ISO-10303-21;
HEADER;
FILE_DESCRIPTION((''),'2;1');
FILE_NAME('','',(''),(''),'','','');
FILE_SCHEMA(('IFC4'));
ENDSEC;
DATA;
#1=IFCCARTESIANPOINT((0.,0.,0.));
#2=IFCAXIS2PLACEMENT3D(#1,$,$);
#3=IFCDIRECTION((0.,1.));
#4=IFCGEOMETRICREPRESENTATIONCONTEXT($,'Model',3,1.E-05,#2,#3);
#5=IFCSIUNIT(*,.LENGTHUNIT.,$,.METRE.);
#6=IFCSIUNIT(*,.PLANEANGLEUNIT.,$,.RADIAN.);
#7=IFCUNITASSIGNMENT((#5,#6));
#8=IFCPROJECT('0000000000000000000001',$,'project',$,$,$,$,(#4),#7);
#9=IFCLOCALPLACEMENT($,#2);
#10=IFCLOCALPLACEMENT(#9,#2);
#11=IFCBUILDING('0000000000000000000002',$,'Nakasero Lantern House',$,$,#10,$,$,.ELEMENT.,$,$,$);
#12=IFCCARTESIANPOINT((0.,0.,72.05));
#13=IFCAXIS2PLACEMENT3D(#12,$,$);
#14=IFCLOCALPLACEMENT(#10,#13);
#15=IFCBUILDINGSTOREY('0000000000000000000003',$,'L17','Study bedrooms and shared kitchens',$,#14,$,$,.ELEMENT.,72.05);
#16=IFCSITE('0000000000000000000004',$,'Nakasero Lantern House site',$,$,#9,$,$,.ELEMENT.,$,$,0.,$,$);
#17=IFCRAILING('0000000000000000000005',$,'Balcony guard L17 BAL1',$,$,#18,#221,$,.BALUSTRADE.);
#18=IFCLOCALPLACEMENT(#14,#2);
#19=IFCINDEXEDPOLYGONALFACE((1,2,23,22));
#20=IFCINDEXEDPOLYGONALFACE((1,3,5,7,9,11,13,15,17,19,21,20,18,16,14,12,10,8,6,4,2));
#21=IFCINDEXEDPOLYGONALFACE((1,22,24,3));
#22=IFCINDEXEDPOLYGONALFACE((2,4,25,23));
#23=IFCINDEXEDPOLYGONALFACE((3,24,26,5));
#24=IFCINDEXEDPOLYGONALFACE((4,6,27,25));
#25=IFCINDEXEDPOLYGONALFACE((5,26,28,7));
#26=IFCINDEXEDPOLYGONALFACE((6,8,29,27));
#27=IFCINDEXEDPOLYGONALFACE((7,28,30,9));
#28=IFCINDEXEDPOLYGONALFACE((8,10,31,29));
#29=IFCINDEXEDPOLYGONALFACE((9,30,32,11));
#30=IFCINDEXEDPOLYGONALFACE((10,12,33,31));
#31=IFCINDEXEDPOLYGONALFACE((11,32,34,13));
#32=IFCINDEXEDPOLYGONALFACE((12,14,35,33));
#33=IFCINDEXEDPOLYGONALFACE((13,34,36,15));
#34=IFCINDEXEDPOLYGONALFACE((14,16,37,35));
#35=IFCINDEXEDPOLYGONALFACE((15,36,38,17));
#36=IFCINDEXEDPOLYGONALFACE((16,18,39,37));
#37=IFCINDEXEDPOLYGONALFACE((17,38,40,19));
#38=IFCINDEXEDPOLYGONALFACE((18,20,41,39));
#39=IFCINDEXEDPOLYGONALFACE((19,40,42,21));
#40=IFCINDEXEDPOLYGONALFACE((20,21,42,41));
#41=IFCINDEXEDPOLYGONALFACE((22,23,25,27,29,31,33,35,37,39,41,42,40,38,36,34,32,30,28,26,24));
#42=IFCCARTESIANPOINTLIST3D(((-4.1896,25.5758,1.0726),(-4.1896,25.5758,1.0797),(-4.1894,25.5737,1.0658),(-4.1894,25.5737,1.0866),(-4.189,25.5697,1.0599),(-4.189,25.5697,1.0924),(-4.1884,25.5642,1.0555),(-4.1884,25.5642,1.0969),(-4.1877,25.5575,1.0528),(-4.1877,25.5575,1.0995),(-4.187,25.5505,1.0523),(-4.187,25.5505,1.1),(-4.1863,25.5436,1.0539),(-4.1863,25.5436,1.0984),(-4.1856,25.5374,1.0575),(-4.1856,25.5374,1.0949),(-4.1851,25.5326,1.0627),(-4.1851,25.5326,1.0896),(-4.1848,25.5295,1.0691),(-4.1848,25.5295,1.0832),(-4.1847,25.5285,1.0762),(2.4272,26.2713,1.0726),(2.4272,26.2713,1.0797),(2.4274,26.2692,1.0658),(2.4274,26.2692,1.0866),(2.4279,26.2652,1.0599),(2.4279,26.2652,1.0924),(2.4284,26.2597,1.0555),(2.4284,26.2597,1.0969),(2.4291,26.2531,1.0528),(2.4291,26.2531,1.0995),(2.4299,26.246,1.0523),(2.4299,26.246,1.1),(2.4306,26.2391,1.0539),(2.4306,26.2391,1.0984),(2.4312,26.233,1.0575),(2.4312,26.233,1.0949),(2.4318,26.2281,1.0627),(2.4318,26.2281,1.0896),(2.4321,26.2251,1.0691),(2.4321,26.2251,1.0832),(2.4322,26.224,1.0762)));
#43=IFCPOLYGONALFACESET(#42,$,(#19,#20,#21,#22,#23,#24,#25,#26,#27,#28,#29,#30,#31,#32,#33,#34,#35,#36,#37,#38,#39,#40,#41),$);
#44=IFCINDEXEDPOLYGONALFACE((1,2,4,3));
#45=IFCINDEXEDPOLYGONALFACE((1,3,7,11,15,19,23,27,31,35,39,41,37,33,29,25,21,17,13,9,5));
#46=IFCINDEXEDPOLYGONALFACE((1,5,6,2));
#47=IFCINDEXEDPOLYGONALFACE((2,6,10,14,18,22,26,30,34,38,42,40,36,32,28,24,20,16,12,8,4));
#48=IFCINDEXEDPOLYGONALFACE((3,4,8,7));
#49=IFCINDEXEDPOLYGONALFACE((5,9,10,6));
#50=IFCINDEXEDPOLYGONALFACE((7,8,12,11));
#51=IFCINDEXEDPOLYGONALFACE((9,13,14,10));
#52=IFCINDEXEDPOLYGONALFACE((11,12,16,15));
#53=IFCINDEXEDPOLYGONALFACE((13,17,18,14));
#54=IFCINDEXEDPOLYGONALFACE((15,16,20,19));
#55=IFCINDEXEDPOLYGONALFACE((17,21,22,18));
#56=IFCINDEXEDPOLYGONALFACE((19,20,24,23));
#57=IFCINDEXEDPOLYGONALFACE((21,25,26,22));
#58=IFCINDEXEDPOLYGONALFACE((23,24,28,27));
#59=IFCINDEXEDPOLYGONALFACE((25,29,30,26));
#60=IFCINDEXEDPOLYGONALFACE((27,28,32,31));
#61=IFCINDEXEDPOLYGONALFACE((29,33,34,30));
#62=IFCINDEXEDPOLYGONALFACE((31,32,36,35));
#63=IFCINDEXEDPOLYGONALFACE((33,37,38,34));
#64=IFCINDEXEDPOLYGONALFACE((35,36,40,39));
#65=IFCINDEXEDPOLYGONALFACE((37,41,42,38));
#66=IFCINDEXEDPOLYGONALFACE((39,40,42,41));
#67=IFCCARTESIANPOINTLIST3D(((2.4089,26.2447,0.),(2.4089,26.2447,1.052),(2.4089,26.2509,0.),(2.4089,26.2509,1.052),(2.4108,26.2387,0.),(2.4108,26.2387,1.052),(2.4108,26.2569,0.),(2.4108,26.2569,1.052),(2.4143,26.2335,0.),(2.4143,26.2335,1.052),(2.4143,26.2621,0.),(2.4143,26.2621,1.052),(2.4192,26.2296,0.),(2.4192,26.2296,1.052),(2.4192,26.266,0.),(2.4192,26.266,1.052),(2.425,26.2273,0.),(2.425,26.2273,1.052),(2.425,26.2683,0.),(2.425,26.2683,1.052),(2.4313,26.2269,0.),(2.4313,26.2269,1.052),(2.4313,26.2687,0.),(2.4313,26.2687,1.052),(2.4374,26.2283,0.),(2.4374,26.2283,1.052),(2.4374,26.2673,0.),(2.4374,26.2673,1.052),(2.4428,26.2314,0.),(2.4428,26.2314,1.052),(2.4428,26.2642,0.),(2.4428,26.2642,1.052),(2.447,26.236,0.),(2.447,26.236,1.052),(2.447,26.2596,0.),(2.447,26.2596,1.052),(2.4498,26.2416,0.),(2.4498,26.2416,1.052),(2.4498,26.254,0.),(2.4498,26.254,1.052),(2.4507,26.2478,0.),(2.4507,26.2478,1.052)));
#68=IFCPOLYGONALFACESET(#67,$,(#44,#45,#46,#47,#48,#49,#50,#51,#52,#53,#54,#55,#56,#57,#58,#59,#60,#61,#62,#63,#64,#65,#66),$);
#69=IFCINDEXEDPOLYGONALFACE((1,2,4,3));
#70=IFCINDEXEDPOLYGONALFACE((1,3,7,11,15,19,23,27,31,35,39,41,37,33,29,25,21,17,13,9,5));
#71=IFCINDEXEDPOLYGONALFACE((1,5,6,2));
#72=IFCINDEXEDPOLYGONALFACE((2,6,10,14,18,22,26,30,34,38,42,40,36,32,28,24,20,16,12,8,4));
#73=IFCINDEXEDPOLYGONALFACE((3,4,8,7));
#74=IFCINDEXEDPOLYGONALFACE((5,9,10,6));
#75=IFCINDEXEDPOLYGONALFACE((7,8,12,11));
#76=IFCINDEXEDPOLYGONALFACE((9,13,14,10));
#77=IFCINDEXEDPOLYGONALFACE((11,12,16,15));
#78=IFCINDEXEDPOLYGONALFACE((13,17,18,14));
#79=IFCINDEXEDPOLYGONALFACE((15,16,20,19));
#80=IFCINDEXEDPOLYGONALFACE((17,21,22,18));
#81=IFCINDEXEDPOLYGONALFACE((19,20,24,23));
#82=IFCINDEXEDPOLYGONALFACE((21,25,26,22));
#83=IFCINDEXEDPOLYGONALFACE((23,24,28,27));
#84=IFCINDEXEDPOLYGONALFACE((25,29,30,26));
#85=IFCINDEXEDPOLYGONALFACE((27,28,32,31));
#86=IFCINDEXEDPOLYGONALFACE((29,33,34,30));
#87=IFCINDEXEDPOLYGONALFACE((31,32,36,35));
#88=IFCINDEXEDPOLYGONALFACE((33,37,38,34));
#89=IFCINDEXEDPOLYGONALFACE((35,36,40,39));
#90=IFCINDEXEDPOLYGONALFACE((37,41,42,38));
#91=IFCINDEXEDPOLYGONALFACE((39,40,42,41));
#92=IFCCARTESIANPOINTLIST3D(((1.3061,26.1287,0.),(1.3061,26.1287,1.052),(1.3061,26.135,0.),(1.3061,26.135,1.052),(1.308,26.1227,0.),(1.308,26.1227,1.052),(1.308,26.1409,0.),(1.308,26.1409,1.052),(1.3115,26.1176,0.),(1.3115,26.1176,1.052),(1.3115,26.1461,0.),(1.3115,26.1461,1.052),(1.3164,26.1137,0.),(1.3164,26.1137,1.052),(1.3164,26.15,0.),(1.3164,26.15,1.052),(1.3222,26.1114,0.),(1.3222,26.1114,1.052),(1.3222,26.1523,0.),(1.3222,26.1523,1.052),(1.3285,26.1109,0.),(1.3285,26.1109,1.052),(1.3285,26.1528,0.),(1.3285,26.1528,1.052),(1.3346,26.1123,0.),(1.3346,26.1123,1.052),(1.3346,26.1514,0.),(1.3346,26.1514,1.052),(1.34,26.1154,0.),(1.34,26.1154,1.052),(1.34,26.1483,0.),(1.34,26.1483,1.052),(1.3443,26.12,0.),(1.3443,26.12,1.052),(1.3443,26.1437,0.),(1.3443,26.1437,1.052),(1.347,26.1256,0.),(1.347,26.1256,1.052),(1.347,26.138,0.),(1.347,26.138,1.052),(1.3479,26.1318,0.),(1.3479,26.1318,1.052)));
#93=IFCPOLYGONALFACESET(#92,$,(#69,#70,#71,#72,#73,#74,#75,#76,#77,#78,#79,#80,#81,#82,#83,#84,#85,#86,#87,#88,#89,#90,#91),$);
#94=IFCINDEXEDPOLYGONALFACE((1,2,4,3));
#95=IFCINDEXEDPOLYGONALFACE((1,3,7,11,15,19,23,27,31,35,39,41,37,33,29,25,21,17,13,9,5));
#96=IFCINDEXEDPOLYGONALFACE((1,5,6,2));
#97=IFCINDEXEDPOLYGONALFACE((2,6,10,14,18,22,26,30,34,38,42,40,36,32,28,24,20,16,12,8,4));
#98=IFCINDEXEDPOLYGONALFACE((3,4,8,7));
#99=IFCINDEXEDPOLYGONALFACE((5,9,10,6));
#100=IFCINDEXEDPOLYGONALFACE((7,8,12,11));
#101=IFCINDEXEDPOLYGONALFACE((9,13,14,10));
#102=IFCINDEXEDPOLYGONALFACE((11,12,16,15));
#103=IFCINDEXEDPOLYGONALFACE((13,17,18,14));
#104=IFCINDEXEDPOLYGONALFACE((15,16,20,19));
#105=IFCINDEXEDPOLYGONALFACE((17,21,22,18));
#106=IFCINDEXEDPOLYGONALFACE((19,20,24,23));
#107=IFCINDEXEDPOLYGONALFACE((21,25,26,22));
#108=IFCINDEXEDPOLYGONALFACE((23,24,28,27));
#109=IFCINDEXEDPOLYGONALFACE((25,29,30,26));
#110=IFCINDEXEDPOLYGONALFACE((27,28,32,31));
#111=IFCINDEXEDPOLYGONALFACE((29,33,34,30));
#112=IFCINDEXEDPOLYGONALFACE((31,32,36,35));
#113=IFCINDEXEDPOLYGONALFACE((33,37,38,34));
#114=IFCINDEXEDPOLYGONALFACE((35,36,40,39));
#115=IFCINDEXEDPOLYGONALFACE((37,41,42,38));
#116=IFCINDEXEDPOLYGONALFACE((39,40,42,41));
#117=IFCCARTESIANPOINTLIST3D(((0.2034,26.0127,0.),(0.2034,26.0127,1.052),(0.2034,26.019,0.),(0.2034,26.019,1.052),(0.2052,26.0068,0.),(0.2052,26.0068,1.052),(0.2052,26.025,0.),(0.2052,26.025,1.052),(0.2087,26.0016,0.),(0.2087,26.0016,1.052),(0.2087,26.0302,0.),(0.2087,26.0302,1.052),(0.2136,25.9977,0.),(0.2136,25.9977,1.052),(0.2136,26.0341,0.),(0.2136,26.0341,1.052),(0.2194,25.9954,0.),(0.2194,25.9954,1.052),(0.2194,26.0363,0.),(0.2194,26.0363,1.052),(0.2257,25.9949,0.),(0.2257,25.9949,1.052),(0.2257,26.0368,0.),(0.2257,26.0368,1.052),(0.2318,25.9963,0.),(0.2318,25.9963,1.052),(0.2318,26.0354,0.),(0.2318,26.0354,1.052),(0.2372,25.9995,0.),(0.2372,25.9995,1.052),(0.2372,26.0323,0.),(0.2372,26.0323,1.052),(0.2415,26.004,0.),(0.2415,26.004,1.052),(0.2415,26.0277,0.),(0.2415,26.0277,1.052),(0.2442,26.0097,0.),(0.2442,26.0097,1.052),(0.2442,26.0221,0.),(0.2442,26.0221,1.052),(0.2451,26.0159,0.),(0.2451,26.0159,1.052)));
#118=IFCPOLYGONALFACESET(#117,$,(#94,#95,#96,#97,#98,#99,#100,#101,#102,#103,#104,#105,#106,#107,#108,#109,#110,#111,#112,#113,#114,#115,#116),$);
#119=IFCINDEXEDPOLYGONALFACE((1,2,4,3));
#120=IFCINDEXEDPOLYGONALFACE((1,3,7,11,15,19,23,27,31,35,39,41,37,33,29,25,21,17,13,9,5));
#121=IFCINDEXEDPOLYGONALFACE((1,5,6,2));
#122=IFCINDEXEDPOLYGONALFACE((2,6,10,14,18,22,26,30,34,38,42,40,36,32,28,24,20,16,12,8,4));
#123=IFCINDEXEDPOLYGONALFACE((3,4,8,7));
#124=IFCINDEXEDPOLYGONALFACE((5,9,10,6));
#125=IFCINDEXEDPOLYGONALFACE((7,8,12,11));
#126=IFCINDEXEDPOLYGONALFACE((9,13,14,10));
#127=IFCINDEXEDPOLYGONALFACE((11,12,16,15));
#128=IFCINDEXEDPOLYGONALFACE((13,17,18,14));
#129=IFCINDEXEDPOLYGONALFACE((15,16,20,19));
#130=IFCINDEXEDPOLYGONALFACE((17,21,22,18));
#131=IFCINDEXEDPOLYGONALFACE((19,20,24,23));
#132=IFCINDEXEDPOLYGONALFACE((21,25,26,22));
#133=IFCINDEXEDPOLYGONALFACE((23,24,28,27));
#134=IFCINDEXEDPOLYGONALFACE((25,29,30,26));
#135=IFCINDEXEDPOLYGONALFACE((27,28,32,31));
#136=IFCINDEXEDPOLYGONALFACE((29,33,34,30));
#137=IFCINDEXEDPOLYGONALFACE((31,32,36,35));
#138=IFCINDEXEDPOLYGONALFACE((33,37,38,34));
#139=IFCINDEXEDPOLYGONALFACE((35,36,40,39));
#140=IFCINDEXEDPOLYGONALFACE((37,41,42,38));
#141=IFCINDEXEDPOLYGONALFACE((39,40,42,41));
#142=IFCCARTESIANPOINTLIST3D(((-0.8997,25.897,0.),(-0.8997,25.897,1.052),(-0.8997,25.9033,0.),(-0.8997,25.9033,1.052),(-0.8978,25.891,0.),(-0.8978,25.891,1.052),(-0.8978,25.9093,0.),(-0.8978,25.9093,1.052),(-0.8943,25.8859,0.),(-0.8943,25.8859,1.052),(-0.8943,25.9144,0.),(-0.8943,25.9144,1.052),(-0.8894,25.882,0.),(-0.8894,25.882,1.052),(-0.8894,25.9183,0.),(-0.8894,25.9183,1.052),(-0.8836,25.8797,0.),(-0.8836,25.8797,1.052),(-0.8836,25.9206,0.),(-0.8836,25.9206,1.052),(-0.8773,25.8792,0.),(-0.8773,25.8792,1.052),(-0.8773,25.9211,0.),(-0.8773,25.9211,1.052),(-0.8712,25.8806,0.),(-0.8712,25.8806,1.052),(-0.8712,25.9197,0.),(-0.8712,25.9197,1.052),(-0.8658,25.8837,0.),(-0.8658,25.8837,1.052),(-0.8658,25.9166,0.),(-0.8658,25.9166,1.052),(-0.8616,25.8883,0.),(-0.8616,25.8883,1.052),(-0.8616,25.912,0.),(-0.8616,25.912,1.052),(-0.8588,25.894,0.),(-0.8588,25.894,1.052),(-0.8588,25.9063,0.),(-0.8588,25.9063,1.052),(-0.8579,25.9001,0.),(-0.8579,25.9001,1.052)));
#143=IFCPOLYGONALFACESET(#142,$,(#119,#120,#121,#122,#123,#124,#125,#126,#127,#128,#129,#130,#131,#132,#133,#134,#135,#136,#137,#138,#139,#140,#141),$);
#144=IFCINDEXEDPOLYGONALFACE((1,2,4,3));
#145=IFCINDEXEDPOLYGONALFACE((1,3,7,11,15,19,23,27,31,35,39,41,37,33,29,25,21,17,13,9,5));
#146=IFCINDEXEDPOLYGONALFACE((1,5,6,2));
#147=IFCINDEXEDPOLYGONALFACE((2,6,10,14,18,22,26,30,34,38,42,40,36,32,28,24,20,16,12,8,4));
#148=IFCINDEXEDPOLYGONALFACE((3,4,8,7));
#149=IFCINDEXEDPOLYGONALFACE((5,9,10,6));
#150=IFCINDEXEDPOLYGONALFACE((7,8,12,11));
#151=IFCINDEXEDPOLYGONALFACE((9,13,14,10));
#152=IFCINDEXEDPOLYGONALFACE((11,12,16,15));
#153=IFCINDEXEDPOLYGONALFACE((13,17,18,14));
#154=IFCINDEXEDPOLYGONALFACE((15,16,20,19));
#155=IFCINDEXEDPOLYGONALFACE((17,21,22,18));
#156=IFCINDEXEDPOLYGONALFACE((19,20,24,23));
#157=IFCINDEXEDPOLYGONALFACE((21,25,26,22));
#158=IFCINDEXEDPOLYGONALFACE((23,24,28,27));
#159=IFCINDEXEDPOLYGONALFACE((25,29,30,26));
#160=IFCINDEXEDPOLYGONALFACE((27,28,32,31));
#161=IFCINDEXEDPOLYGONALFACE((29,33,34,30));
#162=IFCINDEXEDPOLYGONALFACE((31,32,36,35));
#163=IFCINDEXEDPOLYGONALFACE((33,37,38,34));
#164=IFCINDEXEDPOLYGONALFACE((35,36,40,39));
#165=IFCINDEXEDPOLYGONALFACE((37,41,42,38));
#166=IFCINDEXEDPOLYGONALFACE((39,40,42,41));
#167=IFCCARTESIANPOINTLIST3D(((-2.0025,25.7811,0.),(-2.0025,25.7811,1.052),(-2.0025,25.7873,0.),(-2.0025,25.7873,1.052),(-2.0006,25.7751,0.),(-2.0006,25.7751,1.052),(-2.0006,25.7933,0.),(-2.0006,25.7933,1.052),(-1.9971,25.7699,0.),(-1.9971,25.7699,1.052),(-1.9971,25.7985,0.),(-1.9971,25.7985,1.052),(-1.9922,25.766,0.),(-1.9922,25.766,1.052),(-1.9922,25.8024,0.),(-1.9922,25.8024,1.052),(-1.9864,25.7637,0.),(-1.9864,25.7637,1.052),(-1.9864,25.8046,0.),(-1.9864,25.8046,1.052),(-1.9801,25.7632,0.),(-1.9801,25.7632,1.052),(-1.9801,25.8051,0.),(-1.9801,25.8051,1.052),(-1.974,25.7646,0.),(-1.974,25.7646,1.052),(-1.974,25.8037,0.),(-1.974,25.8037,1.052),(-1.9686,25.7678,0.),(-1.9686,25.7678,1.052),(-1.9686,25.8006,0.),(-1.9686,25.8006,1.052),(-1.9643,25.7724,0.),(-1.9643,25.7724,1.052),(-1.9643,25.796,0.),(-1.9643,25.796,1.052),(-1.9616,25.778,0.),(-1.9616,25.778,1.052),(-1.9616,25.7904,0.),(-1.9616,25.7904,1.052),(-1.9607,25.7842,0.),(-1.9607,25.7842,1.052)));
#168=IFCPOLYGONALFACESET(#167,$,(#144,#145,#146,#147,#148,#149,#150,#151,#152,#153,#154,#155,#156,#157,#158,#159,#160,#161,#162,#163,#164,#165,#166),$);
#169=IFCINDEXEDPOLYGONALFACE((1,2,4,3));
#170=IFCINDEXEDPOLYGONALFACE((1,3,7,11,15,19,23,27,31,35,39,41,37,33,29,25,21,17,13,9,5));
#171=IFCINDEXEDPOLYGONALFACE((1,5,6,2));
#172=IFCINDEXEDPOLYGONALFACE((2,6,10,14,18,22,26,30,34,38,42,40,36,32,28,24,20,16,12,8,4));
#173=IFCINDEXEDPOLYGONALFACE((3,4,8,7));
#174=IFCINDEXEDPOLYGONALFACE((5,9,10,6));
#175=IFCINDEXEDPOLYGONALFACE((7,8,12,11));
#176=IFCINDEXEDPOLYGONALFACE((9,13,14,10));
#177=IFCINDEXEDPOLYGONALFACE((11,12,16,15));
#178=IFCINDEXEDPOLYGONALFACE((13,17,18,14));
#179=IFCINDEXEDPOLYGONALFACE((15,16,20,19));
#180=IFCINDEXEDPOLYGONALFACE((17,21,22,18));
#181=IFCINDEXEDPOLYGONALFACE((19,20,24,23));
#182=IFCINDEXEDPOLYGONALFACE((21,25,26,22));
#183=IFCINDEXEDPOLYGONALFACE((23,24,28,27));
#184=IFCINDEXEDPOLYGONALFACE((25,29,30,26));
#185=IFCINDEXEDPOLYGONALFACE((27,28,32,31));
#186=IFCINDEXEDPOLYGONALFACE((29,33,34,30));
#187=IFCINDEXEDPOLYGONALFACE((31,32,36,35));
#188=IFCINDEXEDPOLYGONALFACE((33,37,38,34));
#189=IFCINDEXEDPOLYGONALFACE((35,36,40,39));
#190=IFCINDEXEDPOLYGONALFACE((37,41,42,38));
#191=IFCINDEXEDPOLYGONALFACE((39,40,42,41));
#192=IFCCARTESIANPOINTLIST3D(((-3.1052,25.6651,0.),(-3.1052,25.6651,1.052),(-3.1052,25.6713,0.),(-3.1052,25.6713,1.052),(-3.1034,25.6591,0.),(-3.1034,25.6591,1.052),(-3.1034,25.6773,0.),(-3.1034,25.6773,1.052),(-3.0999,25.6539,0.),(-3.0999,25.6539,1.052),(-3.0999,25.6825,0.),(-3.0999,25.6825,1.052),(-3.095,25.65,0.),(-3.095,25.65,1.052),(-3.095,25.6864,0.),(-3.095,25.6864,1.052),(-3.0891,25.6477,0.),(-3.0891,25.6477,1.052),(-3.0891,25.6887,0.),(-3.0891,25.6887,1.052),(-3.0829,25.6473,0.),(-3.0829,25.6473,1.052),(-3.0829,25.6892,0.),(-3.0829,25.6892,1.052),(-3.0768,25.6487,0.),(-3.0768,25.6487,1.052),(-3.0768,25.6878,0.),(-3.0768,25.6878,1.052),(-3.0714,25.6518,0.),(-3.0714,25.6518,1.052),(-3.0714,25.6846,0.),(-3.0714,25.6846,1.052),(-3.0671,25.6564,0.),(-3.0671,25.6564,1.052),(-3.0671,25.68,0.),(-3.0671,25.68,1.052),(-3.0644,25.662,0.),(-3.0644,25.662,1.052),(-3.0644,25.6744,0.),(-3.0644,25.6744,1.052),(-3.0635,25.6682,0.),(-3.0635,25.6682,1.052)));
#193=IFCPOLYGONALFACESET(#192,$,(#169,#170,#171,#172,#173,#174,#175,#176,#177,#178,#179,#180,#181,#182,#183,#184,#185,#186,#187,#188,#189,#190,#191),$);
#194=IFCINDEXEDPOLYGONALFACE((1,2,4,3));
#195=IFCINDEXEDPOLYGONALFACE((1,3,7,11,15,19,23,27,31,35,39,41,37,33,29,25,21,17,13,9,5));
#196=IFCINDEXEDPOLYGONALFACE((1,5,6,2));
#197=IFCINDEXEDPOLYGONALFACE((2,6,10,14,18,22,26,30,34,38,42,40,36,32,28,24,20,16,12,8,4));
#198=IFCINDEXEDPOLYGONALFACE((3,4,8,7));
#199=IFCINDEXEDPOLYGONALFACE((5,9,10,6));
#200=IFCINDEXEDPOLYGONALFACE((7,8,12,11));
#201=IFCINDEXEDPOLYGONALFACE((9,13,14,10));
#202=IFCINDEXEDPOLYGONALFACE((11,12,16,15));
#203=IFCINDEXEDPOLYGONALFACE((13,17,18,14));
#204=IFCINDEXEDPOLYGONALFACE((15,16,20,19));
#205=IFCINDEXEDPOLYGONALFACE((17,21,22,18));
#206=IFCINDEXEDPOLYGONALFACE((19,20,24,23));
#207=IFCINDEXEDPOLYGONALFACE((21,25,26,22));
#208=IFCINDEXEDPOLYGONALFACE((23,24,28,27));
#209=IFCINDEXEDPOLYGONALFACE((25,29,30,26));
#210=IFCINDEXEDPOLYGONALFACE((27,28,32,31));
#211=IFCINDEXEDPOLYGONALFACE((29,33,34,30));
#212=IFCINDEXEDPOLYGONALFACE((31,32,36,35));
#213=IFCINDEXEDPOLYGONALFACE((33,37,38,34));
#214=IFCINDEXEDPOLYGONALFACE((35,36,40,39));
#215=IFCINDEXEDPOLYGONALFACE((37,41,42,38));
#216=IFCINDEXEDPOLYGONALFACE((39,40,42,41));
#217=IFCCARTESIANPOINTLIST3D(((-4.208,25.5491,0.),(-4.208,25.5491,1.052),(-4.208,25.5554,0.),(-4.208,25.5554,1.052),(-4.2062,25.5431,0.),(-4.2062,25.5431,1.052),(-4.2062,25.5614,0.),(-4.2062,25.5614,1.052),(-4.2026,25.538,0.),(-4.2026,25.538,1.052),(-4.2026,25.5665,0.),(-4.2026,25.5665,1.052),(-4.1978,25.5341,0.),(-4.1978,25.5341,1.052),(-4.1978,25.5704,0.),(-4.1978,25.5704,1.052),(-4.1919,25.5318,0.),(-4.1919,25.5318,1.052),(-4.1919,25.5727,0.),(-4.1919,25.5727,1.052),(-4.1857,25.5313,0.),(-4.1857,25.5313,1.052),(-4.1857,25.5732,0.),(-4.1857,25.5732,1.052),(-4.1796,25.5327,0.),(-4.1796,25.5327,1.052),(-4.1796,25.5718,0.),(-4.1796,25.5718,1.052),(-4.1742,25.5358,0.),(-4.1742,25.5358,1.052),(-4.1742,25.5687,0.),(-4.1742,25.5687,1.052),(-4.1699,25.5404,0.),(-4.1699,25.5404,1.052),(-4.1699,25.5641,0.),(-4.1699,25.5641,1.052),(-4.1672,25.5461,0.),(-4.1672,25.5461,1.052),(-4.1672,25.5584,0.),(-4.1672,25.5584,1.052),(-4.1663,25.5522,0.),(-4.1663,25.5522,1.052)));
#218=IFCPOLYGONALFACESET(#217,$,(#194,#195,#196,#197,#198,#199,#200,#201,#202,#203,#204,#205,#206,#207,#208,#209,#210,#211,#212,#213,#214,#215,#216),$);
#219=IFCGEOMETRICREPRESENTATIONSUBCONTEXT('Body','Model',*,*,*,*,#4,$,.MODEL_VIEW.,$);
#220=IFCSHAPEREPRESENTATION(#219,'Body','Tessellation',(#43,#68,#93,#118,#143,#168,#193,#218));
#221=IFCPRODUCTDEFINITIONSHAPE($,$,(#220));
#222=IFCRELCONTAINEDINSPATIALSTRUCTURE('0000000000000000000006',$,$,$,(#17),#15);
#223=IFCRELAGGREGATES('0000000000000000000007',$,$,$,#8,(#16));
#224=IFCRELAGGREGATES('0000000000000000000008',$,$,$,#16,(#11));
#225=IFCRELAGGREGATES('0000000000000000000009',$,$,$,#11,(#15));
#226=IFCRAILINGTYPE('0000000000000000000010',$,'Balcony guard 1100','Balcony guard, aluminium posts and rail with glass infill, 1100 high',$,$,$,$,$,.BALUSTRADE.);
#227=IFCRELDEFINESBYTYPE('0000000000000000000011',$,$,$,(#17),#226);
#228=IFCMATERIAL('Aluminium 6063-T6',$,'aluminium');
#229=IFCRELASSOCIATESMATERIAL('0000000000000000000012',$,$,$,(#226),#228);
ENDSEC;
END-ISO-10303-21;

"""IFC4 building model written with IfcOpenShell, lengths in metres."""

from ifc_helpers import new_model, si_unit, direction, frame, origin, origin_2d, place, context, subcontext, project, spatial, circle, extrude, material, type_object, element, save


model = new_model("IFC4")

# Units and contexts
model_context = context("Model", 3, precision=1e-05, world=origin(), true_north=direction((0.0, 1.0)))
body_context = subcontext(model_context, "Body", "Model", "MODEL_VIEW")
ifc_project = project(units=[si_unit("LENGTHUNIT", "METRE"), si_unit("PLANEANGLEUNIT", "RADIAN")], contexts=[model_context])

# Site, building, storey
site_placement = place(None, origin())
site = spatial("IfcSite", under=ifc_project, at=site_placement, Name="Nakasero Lantern House site", CompositionType="ELEMENT", RefElevation=0.0)
building_placement = place(site_placement, origin())
building = spatial("IfcBuilding", under=site, at=building_placement, Name="Nakasero Lantern House", CompositionType="ELEMENT")
storey_placement = place(building_placement, frame((0.0, 0.0, 72.05)))
storey = spatial("IfcBuildingStorey", under=building, at=storey_placement, Name="L17", Description="Study bedrooms and shared kitchens", CompositionType="ELEMENT", Elevation=72.05)

# Railing
ifc_material_1 = material(Name="Aluminium 6063-T6", Category="aluminium")
railing_type = type_object("IfcRailingType", Name="Balcony guard 1100", Description="Balcony guard, aluminium posts and rail with glass infill, 1100 high", PredefinedType="BALUSTRADE", material=ifc_material_1)
railing_placement = place(storey_placement, frame((2.4297, 26.2478, 0.0)))
element("IfcRailing", 1, at=railing_placement, inside=storey, type_object=railing_type, Name="Balcony guard L17 BAL1", PredefinedType="BALUSTRADE", context=body_context, shape_type="SweptSolid", body=[
    extrude(circle(Radius=0.0239, at=origin_2d()), frame((0.0, 0.0, 1.0762), z_axis=(-0.994521, -0.104542, 0.0), x_axis=(0.104542, -0.994521, 0.0)), (0.0, 0.0, 1.0), 6.6533),
    extrude(circle(Radius=0.021, at=origin_2d()), origin(), (0.0, 0.0, 1.0), 1.052),
    extrude(circle(Radius=0.021, at=origin_2d()), frame((-1.1028, -0.116, 0.0)), (0.0, 0.0, 1.0), 1.052),
    extrude(circle(Radius=0.021, at=origin_2d()), frame((-2.2056, -0.2319, 0.0)), (0.0, 0.0, 1.0), 1.052),
    extrude(circle(Radius=0.021, at=origin_2d()), frame((-3.3086, -0.3477, 0.0)), (0.0, 0.0, 1.0), 1.052),
    extrude(circle(Radius=0.021, at=origin_2d()), frame((-4.4114, -0.4636, 0.0)), (0.0, 0.0, 1.0), 1.052),
    extrude(circle(Radius=0.021, at=origin_2d()), frame((-5.5142, -0.5796, 0.0)), (0.0, 0.0, 1.0), 1.052),
    extrude(circle(Radius=0.021, at=origin_2d()), frame((-6.6169, -0.6956, 0.0)), (0.0, 0.0, 1.0), 1.052),
])

save(model, "model.ifc")
